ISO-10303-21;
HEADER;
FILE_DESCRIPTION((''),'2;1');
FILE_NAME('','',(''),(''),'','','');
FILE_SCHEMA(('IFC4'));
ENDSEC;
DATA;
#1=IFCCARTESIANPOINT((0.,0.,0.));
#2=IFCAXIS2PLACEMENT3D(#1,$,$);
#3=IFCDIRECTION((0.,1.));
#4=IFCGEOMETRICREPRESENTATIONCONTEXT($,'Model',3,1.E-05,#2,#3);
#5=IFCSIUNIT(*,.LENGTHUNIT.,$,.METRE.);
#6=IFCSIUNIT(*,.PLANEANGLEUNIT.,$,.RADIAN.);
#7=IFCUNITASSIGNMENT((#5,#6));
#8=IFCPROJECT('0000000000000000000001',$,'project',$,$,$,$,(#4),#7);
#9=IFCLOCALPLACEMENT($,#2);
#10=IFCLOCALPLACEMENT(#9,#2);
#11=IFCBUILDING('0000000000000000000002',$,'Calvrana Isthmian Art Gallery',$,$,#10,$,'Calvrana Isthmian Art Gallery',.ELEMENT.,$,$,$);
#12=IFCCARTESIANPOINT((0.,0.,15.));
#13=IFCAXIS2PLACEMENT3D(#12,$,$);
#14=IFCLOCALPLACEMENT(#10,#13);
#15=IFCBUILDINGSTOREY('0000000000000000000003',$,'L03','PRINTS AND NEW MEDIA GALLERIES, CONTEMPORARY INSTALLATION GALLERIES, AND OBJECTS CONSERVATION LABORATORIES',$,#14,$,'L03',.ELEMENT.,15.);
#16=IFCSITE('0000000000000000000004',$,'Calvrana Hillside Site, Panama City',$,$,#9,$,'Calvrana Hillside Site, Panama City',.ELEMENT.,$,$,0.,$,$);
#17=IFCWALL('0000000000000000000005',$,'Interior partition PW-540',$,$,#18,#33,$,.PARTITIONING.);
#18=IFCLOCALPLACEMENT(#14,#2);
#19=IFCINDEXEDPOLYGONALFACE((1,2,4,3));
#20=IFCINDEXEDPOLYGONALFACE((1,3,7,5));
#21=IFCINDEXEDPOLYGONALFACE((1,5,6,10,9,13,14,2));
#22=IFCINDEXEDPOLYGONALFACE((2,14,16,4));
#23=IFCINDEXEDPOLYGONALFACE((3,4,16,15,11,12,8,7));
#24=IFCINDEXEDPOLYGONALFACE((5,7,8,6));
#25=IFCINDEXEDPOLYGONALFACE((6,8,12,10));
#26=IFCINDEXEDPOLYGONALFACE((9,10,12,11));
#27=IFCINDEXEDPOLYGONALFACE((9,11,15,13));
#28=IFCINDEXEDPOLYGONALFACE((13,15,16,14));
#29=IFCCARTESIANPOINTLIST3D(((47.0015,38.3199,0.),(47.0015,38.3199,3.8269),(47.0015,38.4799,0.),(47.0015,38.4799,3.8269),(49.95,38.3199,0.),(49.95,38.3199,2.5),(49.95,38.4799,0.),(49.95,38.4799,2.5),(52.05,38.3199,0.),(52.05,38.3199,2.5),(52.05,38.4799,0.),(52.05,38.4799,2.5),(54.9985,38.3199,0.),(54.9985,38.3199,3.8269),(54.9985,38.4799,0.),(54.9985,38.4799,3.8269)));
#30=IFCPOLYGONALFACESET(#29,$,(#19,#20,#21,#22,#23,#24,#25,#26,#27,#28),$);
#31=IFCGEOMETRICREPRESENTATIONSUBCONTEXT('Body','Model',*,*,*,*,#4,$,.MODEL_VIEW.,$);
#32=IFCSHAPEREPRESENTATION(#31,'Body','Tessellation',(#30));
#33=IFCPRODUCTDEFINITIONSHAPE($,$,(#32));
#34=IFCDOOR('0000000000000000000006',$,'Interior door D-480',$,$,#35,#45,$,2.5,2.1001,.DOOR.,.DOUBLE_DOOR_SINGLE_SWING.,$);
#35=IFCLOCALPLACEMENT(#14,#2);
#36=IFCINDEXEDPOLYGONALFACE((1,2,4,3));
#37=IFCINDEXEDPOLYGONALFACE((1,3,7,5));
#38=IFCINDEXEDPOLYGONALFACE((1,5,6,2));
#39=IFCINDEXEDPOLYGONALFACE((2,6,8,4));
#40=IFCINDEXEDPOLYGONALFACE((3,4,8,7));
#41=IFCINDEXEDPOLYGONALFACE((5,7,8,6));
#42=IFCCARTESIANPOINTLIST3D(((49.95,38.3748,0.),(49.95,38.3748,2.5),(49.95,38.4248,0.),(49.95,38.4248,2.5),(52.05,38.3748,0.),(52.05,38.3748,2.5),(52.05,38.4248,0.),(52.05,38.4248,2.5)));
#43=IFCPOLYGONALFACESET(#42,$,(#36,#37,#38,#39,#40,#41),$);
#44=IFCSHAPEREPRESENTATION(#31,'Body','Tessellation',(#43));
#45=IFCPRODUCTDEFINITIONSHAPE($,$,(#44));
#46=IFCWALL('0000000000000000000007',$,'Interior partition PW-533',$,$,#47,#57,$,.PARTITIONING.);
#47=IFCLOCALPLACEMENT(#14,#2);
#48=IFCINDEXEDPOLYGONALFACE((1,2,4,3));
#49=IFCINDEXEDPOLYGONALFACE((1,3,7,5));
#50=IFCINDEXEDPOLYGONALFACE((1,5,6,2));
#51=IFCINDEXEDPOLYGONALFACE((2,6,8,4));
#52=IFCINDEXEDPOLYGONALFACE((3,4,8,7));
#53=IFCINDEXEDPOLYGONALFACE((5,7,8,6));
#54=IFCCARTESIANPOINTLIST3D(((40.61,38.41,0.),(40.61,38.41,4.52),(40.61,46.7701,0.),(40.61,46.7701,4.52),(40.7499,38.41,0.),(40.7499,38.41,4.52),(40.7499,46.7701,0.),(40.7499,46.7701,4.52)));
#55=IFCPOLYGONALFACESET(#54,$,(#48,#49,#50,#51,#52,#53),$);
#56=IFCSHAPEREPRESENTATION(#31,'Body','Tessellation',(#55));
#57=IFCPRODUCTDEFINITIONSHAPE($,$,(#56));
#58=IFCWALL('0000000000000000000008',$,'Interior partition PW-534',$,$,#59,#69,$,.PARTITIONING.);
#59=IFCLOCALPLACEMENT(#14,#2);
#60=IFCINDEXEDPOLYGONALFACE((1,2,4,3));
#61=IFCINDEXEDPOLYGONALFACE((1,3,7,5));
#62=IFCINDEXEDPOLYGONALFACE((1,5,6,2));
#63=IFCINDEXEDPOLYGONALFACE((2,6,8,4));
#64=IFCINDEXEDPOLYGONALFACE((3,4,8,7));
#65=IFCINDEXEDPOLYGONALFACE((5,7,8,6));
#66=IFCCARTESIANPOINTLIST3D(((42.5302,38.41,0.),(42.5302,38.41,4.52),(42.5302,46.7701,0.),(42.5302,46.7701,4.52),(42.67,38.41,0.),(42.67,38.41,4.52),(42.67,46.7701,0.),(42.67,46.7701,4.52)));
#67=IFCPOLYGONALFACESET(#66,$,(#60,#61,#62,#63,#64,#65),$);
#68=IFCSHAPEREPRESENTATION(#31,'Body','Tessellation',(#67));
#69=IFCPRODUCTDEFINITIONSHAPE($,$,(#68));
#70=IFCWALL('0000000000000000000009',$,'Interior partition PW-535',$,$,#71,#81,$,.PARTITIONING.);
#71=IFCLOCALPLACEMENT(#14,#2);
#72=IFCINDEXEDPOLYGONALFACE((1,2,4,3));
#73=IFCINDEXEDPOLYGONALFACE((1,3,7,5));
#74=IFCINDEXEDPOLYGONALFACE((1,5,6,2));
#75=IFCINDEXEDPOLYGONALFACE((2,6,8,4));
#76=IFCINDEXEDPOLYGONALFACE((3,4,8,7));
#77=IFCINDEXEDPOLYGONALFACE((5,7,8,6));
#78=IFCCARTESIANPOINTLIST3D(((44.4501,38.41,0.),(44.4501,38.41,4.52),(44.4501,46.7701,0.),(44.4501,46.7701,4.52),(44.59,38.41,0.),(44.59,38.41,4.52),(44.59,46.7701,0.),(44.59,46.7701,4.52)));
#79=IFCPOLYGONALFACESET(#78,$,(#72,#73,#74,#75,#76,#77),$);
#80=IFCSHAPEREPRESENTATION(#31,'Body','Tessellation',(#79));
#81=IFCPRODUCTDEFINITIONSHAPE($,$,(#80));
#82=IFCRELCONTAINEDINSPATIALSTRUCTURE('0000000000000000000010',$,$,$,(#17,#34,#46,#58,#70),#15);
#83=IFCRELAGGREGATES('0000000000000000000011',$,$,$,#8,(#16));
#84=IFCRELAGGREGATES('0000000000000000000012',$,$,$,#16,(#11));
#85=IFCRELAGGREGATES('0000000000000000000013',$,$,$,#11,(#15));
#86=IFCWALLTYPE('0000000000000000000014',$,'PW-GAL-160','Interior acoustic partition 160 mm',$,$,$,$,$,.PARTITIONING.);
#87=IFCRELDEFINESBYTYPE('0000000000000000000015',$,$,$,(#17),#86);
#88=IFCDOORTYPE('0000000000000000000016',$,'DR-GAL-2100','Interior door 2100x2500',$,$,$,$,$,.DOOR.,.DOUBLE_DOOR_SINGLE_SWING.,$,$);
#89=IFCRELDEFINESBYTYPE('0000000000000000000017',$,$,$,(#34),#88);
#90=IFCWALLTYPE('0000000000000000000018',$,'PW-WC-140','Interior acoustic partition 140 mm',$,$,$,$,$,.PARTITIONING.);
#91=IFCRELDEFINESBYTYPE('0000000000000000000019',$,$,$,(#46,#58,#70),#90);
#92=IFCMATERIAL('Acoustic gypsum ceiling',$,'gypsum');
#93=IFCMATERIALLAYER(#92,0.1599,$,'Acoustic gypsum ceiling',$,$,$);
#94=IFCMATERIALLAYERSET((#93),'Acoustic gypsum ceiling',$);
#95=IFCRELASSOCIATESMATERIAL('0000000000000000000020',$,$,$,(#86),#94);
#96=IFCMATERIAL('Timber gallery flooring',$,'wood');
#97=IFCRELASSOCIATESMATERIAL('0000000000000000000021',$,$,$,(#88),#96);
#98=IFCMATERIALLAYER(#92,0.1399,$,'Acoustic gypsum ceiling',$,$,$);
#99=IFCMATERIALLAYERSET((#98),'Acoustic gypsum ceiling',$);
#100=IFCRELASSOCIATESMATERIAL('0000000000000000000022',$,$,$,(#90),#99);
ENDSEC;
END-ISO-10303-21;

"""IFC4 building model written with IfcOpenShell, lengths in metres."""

from ifc_helpers import new_model, si_unit, direction, frame, frame_2d, origin, place, context, subcontext, project, spatial, rectangle, extrude, material, layer, layer_set, type_object, element, fill, save


model = new_model("IFC4")

# Units and contexts
model_context = context("Model", 3, precision=1e-05, world=origin(), true_north=direction((0.0, 1.0)))
body_context = subcontext(model_context, "Body", "Model", "MODEL_VIEW")
ifc_project = project(units=[si_unit("LENGTHUNIT", "METRE"), si_unit("PLANEANGLEUNIT", "RADIAN")], contexts=[model_context])

# Site, building, storey
site_placement = place(None, origin())
site = spatial("IfcSite", under=ifc_project, at=site_placement, Name="Calvrana Hillside Site, Panama City", LongName="Calvrana Hillside Site, Panama City", CompositionType="ELEMENT", RefElevation=0.0)
building_placement = place(site_placement, origin())
building = spatial("IfcBuilding", under=site, at=building_placement, Name="Calvrana Isthmian Art Gallery", LongName="Calvrana Isthmian Art Gallery", CompositionType="ELEMENT")
storey_placement = place(building_placement, frame((0.0, 0.0, 15.0)))
storey = spatial("IfcBuildingStorey", under=building, at=storey_placement, Name="L03", Description="PRINTS AND NEW MEDIA GALLERIES, CONTEMPORARY INSTALLATION GALLERIES, AND OBJECTS CONSERVATION LABORATORIES", LongName="L03", CompositionType="ELEMENT", Elevation=15.0)

# Shared definitions
ifc_material_1 = material(Name="Acoustic gypsum ceiling", Category="gypsum")
ifc_layer_1 = layer(ifc_material_1, 0.1599, Name="Acoustic gypsum ceiling")
ifc_layer_set_1 = layer_set([ifc_layer_1], Name="Acoustic gypsum ceiling")
wall_type_1 = type_object("IfcWallType", Name="PW-GAL-160", Description="Interior acoustic partition 160 mm", PredefinedType="PARTITIONING", material=ifc_layer_set_1)

# Wall, opening, door
wall_1_placement = place(storey_placement, frame((47.0015, 38.3999, 0.0), z_axis=(0.0, 0.0, 1.0), x_axis=(1.0, 0.0, 0.0)))
wall_1 = element("IfcWall", 1, at=wall_1_placement, inside=storey, type_object=wall_type_1, Name="Interior partition PW-540", PredefinedType="PARTITIONING", context=body_context, shape_type="SweptSolid", body=[
    extrude(rectangle(XDim=7.9971, YDim=0.1599, at=frame_2d((3.9985, 0.0))), origin(), (0.0, 0.0, 1.0), 3.8269),
])
opening_placement = place(wall_1_placement, frame((2.9485, 0.0, 0.0)))
opening = element("IfcOpeningElement", 2, at=opening_placement, cuts=wall_1, PredefinedType="OPENING", context=body_context, shape_type="SweptSolid", body=[
    extrude(rectangle(XDim=2.1001, YDim=2.5, at=frame_2d((1.05, 1.25))), frame((0.0, 0.0903, 0.0), z_axis=(0.0, -1.0, 0.0), x_axis=(1.0, 0.0, 0.0)), (0.0, 0.0, 1.0), 0.1804),
])
ifc_material_2 = material(Name="Timber gallery flooring", Category="wood")
door_type = type_object("IfcDoorType", Name="DR-GAL-2100", Description="Interior door 2100x2500", OperationType="DOUBLE_DOOR_SINGLE_SWING", PredefinedType="DOOR", material=ifc_material_2)
door_placement = place(opening_placement, origin())
door = element("IfcDoor", 3, at=door_placement, inside=storey, type_object=door_type, Name="Interior door D-480", OperationType="DOUBLE_DOOR_SINGLE_SWING", OverallHeight=2.5, OverallWidth=2.1001, PredefinedType="DOOR", context=body_context, shape_type="SweptSolid", body=[
    extrude(rectangle(XDim=2.1001, YDim=2.5, at=frame_2d((1.05, 1.25))), frame((0.0, 0.0249, 0.0), z_axis=(0.0, -1.0, 0.0), x_axis=(1.0, 0.0, 0.0)), (0.0, 0.0, 1.0), 0.05),
])
fill(opening, door)

# Walls
ifc_layer_2 = layer(ifc_material_1, 0.1399, Name="Acoustic gypsum ceiling")
ifc_layer_set_2 = layer_set([ifc_layer_2], Name="Acoustic gypsum ceiling")
wall_type_2 = type_object("IfcWallType", Name="PW-WC-140", Description="Interior acoustic partition 140 mm", PredefinedType="PARTITIONING", material=ifc_layer_set_2)
for number, where, z_axis, x_axis, name in (
    (4, (40.6799, 38.4099, 0.0), (0.0, 0.0, 1.0), (0.0, 1.0, 0.0), "Interior partition PW-533"),
    (5, (42.6001, 38.4099, 0.0), (0.0, 0.0, 1.0), (0.0, 1.0, 0.0), "Interior partition PW-534"),
    (6, (44.52, 38.4099, 0.0), (0.0, 0.0, 1.0), (0.0, 1.0, 0.0), "Interior partition PW-535"),
):
    element("IfcWall", number, at=place(storey_placement, frame(where, z_axis=z_axis, x_axis=x_axis)), inside=storey, type_object=wall_type_2, Name=name, PredefinedType="PARTITIONING", context=body_context, shape_type="SweptSolid", body=[
        extrude(rectangle(XDim=8.3601, YDim=0.1399, at=frame_2d((4.1802, 0.0))), origin(), (0.0, 0.0, 1.0), 4.52),
    ])

save(model, "model.ifc")
